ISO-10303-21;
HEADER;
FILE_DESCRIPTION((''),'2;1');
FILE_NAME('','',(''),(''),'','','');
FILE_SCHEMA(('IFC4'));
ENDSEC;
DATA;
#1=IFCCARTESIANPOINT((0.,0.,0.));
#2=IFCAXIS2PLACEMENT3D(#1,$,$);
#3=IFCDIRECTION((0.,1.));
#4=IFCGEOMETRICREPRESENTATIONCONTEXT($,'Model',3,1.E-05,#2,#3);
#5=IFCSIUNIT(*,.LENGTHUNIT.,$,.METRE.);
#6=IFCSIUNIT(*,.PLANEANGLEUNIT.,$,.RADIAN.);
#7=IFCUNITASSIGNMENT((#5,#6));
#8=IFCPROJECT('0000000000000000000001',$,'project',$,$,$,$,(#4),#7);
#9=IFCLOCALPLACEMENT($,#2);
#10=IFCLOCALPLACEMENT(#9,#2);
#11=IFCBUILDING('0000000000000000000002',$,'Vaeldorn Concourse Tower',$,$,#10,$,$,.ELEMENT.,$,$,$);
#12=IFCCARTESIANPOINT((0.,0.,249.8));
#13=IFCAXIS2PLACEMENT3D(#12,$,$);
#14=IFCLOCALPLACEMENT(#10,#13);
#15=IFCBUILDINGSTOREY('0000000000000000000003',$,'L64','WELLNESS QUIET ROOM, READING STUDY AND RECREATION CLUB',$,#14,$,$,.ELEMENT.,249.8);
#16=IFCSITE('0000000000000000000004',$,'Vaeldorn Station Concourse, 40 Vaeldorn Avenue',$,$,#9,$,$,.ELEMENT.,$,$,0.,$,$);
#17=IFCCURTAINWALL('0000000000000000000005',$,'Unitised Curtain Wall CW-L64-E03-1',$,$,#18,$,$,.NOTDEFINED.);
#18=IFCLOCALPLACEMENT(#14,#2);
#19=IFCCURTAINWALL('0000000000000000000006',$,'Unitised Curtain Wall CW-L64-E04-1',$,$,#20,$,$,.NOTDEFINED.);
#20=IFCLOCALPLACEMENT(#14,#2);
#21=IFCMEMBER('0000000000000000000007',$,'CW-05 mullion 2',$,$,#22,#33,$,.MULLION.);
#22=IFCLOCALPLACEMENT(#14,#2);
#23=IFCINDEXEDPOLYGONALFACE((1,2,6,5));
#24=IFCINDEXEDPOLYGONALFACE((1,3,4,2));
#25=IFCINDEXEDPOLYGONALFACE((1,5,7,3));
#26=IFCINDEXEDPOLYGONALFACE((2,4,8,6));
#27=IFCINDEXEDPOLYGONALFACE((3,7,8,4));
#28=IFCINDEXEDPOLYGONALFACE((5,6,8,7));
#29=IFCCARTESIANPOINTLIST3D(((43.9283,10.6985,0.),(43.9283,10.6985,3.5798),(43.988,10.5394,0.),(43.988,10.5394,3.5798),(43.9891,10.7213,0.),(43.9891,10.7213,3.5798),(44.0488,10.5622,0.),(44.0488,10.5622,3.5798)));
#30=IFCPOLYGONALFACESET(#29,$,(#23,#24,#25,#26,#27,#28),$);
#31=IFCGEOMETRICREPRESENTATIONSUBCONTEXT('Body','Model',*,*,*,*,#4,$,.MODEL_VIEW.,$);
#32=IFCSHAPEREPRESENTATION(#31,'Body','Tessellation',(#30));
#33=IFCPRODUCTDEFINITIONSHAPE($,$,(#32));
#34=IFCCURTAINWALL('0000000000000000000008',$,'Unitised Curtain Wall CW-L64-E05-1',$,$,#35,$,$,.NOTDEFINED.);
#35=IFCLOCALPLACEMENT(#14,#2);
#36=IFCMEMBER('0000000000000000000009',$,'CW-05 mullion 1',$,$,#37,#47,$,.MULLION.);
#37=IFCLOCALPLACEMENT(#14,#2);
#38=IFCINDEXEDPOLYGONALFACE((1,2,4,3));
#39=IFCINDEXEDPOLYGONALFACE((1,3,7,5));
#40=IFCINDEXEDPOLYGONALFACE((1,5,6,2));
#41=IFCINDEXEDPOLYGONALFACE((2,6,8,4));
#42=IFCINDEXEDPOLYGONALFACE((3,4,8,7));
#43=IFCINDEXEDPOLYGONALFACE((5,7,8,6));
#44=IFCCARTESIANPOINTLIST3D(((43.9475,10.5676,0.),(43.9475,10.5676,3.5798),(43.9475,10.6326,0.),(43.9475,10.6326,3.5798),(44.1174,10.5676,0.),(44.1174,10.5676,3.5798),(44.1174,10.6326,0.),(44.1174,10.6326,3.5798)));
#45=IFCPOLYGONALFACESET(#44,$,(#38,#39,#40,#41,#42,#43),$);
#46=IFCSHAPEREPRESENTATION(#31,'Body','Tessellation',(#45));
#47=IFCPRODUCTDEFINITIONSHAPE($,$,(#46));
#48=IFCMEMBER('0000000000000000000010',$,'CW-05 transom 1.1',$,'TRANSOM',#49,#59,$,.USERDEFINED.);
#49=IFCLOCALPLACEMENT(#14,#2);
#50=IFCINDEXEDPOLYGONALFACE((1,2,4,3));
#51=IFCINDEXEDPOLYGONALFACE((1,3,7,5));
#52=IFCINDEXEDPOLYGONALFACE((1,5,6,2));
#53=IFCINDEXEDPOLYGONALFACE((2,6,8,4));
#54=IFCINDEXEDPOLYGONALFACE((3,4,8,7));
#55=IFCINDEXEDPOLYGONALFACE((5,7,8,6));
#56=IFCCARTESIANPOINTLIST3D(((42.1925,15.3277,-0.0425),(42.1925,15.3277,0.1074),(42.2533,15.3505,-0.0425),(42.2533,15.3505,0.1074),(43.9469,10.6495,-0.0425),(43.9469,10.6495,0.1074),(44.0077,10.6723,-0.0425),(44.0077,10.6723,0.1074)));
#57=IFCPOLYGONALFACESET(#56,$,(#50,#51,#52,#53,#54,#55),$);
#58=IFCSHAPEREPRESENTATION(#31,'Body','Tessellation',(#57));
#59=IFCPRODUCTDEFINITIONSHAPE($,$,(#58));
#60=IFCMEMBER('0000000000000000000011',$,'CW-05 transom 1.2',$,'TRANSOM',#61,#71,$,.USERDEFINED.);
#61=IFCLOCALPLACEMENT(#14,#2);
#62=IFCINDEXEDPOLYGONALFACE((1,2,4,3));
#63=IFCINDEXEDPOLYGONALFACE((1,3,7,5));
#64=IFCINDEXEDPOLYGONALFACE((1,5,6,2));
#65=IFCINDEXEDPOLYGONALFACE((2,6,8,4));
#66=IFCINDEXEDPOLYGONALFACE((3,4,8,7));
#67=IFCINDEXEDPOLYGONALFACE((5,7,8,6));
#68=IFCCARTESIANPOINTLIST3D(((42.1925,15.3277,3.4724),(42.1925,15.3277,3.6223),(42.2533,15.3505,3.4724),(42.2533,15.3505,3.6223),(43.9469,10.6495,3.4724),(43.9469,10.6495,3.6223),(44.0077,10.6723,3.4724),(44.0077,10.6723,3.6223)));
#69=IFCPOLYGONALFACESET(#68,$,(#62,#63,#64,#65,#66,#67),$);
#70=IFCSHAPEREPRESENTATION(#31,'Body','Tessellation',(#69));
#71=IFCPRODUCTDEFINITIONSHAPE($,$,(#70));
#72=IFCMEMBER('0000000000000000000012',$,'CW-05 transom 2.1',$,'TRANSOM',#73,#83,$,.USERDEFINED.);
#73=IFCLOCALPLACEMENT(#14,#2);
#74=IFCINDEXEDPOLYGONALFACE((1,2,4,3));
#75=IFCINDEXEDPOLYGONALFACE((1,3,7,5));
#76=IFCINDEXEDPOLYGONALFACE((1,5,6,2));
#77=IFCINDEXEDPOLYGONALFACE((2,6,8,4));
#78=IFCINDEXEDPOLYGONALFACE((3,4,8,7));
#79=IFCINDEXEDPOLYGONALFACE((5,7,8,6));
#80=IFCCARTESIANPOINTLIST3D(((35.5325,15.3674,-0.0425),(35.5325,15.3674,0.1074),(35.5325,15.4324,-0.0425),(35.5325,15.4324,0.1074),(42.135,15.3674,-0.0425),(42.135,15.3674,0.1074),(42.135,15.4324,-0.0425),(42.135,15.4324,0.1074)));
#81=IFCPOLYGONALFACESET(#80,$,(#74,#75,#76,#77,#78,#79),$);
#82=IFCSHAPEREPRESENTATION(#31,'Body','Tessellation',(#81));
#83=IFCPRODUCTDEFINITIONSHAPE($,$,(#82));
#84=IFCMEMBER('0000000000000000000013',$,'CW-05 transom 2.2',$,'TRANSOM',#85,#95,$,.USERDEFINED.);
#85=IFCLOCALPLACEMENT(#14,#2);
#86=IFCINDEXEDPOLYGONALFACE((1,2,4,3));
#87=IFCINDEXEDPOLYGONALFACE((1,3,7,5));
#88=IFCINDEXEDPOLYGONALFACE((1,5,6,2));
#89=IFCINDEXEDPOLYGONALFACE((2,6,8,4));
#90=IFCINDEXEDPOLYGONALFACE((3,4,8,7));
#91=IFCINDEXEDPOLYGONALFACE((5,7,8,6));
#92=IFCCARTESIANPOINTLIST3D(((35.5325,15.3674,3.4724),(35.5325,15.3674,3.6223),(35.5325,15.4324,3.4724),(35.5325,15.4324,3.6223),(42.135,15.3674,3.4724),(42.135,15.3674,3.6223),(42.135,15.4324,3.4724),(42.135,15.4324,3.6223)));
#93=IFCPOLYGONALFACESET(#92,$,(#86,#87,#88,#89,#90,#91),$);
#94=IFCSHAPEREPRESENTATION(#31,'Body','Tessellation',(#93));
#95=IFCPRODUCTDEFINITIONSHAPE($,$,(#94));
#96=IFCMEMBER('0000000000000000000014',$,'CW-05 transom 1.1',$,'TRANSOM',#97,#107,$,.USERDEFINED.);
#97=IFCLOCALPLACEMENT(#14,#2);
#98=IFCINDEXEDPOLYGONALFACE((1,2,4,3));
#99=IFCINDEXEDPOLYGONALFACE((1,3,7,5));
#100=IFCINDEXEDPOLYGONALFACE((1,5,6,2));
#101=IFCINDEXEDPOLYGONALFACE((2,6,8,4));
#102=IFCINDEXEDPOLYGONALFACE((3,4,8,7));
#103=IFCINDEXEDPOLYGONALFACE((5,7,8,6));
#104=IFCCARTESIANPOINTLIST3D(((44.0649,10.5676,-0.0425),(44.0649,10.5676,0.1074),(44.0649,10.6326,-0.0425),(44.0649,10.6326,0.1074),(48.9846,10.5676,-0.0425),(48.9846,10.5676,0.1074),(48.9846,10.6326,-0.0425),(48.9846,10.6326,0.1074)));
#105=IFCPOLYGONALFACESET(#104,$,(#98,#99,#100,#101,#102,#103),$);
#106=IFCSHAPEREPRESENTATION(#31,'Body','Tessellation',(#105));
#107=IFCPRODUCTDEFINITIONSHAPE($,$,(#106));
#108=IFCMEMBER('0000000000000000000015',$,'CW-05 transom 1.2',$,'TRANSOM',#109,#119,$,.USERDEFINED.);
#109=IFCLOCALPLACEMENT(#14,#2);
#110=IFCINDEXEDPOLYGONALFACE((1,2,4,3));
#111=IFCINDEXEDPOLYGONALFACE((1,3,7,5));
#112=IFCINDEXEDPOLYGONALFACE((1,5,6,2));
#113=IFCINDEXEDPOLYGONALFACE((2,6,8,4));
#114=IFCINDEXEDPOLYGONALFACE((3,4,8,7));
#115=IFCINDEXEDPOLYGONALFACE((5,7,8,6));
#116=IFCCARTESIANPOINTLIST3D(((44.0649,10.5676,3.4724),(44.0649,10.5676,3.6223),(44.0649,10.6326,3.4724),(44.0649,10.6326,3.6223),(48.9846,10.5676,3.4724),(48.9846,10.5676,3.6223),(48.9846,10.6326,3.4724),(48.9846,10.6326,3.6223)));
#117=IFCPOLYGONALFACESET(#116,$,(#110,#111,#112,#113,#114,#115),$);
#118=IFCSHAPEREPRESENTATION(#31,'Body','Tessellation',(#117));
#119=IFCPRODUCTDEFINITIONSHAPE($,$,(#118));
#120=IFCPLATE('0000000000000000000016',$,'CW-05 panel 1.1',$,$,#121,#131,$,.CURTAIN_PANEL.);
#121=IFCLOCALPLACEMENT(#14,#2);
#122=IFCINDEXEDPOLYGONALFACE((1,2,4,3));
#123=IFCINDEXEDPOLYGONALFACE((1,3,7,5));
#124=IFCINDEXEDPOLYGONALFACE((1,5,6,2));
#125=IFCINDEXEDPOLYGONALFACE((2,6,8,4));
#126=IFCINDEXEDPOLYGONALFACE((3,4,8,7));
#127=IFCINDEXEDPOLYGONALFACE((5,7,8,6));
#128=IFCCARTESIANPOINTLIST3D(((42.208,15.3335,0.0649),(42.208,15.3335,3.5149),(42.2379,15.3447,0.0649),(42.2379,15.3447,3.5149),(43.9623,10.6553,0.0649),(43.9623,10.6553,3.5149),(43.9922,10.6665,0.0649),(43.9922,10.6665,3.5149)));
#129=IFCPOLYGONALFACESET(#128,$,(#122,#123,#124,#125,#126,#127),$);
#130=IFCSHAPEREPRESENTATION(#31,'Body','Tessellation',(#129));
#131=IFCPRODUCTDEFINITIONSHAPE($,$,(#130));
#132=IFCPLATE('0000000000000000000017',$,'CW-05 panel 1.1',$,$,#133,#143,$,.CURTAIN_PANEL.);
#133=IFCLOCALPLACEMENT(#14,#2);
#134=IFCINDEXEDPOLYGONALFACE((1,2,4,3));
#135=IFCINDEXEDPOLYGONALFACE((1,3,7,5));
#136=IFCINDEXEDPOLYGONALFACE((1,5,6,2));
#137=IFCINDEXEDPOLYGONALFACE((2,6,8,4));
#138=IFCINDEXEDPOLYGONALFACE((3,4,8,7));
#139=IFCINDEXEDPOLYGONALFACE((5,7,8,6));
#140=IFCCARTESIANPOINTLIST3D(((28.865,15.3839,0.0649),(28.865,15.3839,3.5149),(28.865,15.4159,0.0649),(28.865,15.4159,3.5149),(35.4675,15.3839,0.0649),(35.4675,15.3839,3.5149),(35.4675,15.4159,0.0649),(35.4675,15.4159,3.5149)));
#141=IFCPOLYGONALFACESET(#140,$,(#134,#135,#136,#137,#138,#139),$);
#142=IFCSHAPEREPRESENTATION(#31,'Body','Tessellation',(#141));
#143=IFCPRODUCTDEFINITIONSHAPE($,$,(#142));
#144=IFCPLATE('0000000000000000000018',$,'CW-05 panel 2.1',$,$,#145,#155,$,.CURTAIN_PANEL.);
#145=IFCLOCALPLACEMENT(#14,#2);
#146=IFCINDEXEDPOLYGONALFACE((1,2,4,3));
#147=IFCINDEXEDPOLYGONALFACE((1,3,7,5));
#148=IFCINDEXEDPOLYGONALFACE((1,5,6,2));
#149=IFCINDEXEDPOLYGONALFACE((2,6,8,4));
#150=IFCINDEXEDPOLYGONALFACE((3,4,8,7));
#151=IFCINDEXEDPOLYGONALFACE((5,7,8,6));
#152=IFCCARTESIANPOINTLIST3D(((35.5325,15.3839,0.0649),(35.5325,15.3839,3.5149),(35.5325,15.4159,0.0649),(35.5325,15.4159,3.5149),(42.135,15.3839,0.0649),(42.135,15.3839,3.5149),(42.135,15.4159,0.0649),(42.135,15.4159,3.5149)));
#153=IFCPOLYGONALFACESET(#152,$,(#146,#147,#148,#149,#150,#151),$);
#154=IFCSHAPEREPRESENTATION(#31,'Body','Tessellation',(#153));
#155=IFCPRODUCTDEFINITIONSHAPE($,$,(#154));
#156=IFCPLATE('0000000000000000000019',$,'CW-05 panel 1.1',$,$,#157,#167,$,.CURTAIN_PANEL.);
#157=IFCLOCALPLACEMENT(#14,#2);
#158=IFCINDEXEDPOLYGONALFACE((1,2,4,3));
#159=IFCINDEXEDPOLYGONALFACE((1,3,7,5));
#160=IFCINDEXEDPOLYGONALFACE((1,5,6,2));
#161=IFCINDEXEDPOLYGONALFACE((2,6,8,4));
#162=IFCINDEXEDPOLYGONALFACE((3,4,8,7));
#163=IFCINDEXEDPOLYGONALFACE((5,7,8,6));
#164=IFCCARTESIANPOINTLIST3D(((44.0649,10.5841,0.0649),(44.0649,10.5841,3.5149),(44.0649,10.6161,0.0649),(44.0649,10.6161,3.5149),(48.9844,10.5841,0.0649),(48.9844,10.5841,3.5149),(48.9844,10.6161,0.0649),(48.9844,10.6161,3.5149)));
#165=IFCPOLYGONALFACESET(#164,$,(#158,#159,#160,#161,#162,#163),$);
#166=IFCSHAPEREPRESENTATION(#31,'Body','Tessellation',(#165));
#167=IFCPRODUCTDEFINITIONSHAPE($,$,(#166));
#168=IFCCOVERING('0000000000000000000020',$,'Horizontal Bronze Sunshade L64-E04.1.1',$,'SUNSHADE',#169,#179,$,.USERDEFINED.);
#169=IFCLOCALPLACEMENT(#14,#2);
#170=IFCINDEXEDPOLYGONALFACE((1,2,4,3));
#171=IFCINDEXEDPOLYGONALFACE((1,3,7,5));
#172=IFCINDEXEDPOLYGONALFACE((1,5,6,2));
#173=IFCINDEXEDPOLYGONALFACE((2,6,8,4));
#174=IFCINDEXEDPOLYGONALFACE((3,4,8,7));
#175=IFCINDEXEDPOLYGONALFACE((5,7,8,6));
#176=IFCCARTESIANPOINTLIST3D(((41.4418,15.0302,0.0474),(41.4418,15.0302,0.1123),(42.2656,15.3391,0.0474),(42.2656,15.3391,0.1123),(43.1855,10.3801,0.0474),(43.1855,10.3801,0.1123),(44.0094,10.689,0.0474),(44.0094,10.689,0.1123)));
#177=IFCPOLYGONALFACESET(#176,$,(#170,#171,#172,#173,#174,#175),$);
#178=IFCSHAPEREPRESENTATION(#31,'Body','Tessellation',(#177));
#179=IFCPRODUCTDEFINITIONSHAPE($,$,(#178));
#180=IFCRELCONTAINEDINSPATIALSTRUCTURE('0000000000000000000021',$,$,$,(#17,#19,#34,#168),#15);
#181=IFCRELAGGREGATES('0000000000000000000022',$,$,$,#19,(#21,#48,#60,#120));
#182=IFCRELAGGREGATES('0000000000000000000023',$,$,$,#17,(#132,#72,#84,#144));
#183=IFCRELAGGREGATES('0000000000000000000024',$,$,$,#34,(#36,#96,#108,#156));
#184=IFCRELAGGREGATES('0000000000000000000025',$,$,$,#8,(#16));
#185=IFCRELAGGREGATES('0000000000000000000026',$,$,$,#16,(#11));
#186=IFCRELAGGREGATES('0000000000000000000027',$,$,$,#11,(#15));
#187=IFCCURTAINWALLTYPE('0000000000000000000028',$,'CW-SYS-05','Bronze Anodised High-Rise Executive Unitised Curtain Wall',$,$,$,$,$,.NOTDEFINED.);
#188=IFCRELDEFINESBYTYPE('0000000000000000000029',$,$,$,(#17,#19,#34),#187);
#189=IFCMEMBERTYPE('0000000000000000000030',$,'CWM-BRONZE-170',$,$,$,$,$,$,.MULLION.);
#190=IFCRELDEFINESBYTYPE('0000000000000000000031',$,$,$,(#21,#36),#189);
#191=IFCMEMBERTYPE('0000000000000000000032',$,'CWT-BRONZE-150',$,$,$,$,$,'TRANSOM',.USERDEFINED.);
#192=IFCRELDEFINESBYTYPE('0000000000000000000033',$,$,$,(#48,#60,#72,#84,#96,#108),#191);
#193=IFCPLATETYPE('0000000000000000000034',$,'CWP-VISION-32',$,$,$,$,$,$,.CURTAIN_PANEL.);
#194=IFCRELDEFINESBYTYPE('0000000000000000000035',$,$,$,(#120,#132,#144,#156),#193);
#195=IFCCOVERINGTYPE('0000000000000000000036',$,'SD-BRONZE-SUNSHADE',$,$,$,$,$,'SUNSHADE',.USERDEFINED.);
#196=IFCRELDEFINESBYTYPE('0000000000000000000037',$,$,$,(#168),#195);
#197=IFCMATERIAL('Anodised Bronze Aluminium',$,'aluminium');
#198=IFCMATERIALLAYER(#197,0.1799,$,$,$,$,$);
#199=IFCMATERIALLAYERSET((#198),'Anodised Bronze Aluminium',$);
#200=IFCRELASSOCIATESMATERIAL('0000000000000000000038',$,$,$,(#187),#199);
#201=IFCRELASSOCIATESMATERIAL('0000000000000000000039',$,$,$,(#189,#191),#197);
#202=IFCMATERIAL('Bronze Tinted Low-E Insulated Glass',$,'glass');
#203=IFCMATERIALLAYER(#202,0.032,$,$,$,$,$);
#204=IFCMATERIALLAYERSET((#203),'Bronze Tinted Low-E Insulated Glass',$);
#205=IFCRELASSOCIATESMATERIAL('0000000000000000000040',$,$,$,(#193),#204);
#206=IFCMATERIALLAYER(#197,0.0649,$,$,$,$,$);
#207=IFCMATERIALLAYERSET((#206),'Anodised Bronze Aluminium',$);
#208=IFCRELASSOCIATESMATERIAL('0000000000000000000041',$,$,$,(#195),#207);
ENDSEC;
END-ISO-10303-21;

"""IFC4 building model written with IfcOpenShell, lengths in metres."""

from ifc_helpers import new_model, si_unit, direction, frame, origin, origin_2d, place, context, subcontext, project, spatial, rectangle, extrude, source, transform, mapped, material, layer, layer_set, material_profile, profile_set, type_object, element, aggregate, save


model = new_model("IFC4")

# Units and contexts
model_context = context("Model", 3, precision=1e-05, world=origin(), true_north=direction((0.0, 1.0)))
body_context = subcontext(model_context, "Body", "Model", "MODEL_VIEW")
ifc_project = project(units=[si_unit("LENGTHUNIT", "METRE"), si_unit("PLANEANGLEUNIT", "RADIAN")], contexts=[model_context])

# Site, building, storey
site_placement = place(None, origin())
site = spatial("IfcSite", under=ifc_project, at=site_placement, Name="Vaeldorn Station Concourse, 40 Vaeldorn Avenue", CompositionType="ELEMENT", RefElevation=0.0)
building_placement = place(site_placement, origin())
building = spatial("IfcBuilding", under=site, at=building_placement, Name="Vaeldorn Concourse Tower", CompositionType="ELEMENT")
storey_placement = place(building_placement, frame((0.0, 0.0, 249.8)))
storey = spatial("IfcBuildingStorey", under=building, at=storey_placement, Name="L64", Description="WELLNESS QUIET ROOM, READING STUDY AND RECREATION CLUB", CompositionType="ELEMENT", Elevation=249.8)

# Curtain walls, member
ifc_material_1 = material(Name="Anodised Bronze Aluminium", Category="aluminium")
ifc_layer_1 = layer(ifc_material_1, 0.1799)
ifc_layer_set_1 = layer_set([ifc_layer_1], Name="Anodised Bronze Aluminium")
curtain_wall_type = type_object("IfcCurtainWallType", Name="CW-SYS-05", Description="Bronze Anodised High-Rise Executive Unitised Curtain Wall", PredefinedType="NOTDEFINED", material=ifc_layer_set_1)
curtain_wall_1_placement = place(storey_placement, origin())
curtain_wall_1 = element("IfcCurtainWall", 1, at=curtain_wall_1_placement, inside=storey, type_object=curtain_wall_type, Name="Unitised Curtain Wall CW-L64-E03-1", PredefinedType="NOTDEFINED")
ifc_material_profile_1 = material_profile(ifc_material_1, rectangle(XDim=0.0649, YDim=0.1699, at=origin_2d()), Name="CWM 65x170")
ifc_profile_set_1 = profile_set([ifc_material_profile_1], Name="Anodised Bronze Aluminium")
member_type_1 = type_object("IfcMemberType", Name="CWM-BRONZE-170", PredefinedType="MULLION", material=ifc_profile_set_1)
shared_shape_1 = source(origin(), body_context, "Body", "SweptSolid", [
    extrude(rectangle(XDim=0.0649, YDim=0.1699, at=origin_2d()), origin(), (0.0, 0.0, 1.0), 3.5798),
])
curtain_wall_2_placement = place(storey_placement, origin())
curtain_wall_2 = element("IfcCurtainWall", 2, at=curtain_wall_2_placement, inside=storey, type_object=curtain_wall_type, Name="Unitised Curtain Wall CW-L64-E04-1", PredefinedType="NOTDEFINED")
member_1_placement = place(storey_placement, frame((43.9885, 10.6304, 0.0), z_axis=(0.0, 0.0, 1.0), x_axis=(0.936329, 0.351123, 0.0)))
member_1 = element("IfcMember", 3, at=member_1_placement, type_object=member_type_1, Name="CW-05 mullion 2", PredefinedType="MULLION", context=body_context, shape_type="MappedRepresentation", body=[
    mapped(shared_shape_1, transform((0.0, 0.0, 0.0), scale=1.0)),
])

# Curtain wall, member
curtain_wall_3_placement = place(storey_placement, origin())
curtain_wall_3 = element("IfcCurtainWall", 4, at=curtain_wall_3_placement, inside=storey, type_object=curtain_wall_type, Name="Unitised Curtain Wall CW-L64-E05-1", PredefinedType="NOTDEFINED")
member_2_placement = place(storey_placement, frame((44.0325, 10.6001, 0.0), z_axis=(0.0, 0.0, 1.0), x_axis=(0.0, 1.0, 0.0)))
member_2 = element("IfcMember", 5, at=member_2_placement, type_object=member_type_1, Name="CW-05 mullion 1", PredefinedType="MULLION", context=body_context, shape_type="MappedRepresentation", body=[
    mapped(shared_shape_1, transform((0.0, 0.0, 0.0), scale=1.0)),
])

# Members
ifc_material_profile_2 = material_profile(ifc_material_1, rectangle(XDim=0.0649, YDim=0.1499, at=origin_2d()), Name="CWT 65x150")
ifc_profile_set_2 = profile_set([ifc_material_profile_2], Name="Anodised Bronze Aluminium")
member_type_2 = type_object("IfcMemberType", Name="CWT-BRONZE-150", ElementType="TRANSOM", PredefinedType="USERDEFINED", material=ifc_profile_set_2)
shared_shape_2 = source(origin(), body_context, "Body", "SweptSolid", [
    extrude(rectangle(XDim=0.0649, YDim=0.1499, at=origin_2d()), origin(), (0.0, 0.0, 1.0), 4.9963),
])
member_3_placement = place(storey_placement, frame((42.2229, 15.3391, 0.0325), z_axis=(0.351134, -0.936325, 0.0), x_axis=(0.936325, 0.351134, 0.0)))
member_3 = element("IfcMember", 6, at=member_3_placement, type_object=member_type_2, Name="CW-05 transom 1.1", ObjectType="TRANSOM", PredefinedType="USERDEFINED", context=body_context, shape_type="MappedRepresentation", body=[
    mapped(shared_shape_2, transform((0.0, 0.0, 0.0), scale=1.0)),
])
member_4_placement = place(storey_placement, frame((42.2229, 15.3391, 3.5474), z_axis=(0.351134, -0.936325, 0.0), x_axis=(0.936325, 0.351134, 0.0)))
member_4 = element("IfcMember", 7, at=member_4_placement, type_object=member_type_2, Name="CW-05 transom 1.2", ObjectType="TRANSOM", PredefinedType="USERDEFINED", context=body_context, shape_type="MappedRepresentation", body=[
    mapped(shared_shape_2, transform((0.0, 0.0, 0.0), scale=1.0)),
])
shared_shape_3 = source(origin(), body_context, "Body", "SweptSolid", [
    extrude(rectangle(XDim=0.0649, YDim=0.1499, at=origin_2d()), origin(), (0.0, 0.0, 1.0), 6.6025),
])
member_5_placement = place(storey_placement, frame((35.5325, 15.3999, 0.0325), z_axis=(1.0, 0.0, 0.0), x_axis=(0.0, 1.0, 0.0)))
member_5 = element("IfcMember", 8, at=member_5_placement, type_object=member_type_2, Name="CW-05 transom 2.1", ObjectType="TRANSOM", PredefinedType="USERDEFINED", context=body_context, shape_type="MappedRepresentation", body=[
    mapped(shared_shape_3, transform((0.0, 0.0, 0.0), scale=1.0)),
])
member_6_placement = place(storey_placement, frame((35.5325, 15.3999, 3.5474), z_axis=(1.0, 0.0, 0.0), x_axis=(0.0, 1.0, 0.0)))
member_6 = element("IfcMember", 9, at=member_6_placement, type_object=member_type_2, Name="CW-05 transom 2.2", ObjectType="TRANSOM", PredefinedType="USERDEFINED", context=body_context, shape_type="MappedRepresentation", body=[
    mapped(shared_shape_3, transform((0.0, 0.0, 0.0), scale=1.0)),
])
shared_shape_4 = source(origin(), body_context, "Body", "SweptSolid", [
    extrude(rectangle(XDim=0.0649, YDim=0.1499, at=origin_2d()), origin(), (0.0, 0.0, 1.0), 4.9197),
])
member_7_placement = place(storey_placement, frame((44.0649, 10.6001, 0.0325), z_axis=(1.0, 0.0, 0.0), x_axis=(0.0, 1.0, 0.0)))
member_7 = element("IfcMember", 10, at=member_7_placement, type_object=member_type_2, Name="CW-05 transom 1.1", ObjectType="TRANSOM", PredefinedType="USERDEFINED", context=body_context, shape_type="MappedRepresentation", body=[
    mapped(shared_shape_4, transform((0.0, 0.0, 0.0), scale=1.0)),
])
member_8_placement = place(storey_placement, frame((44.0649, 10.6001, 3.5474), z_axis=(1.0, 0.0, 0.0), x_axis=(0.0, 1.0, 0.0)))
member_8 = element("IfcMember", 11, at=member_8_placement, type_object=member_type_2, Name="CW-05 transom 1.2", ObjectType="TRANSOM", PredefinedType="USERDEFINED", context=body_context, shape_type="MappedRepresentation", body=[
    mapped(shared_shape_4, transform((0.0, 0.0, 0.0), scale=1.0)),
])

# Plates
ifc_material_2 = material(Name="Bronze Tinted Low-E Insulated Glass", Category="glass")
ifc_layer_2 = layer(ifc_material_2, 0.032)
ifc_layer_set_2 = layer_set([ifc_layer_2], Name="Bronze Tinted Low-E Insulated Glass")
plate_type = type_object("IfcPlateType", Name="CWP-VISION-32", PredefinedType="CURTAIN_PANEL", material=ifc_layer_set_2)
shared_shape_5 = source(origin(), body_context, "Body", "SweptSolid", [
    extrude(rectangle(XDim=4.9963, YDim=0.032, at=origin_2d()), origin(), (0.0, 0.0, 1.0), 3.45),
])
plate_1_placement = place(storey_placement, frame((43.1001, 13.0, 0.0649), z_axis=(0.0, 0.0, 1.0), x_axis=(0.351123, -0.936329, 0.0)))
plate_1 = element("IfcPlate", 12, at=plate_1_placement, type_object=plate_type, Name="CW-05 panel 1.1", PredefinedType="CURTAIN_PANEL", context=body_context, shape_type="MappedRepresentation", body=[
    mapped(shared_shape_5, transform((0.0, 0.0, 0.0), scale=1.0)),
])
aggregate(curtain_wall_2, [member_1, member_3, member_4, plate_1])
shared_shape_6 = source(origin(), body_context, "Body", "SweptSolid", [
    extrude(rectangle(XDim=6.6025, YDim=0.032, at=origin_2d()), origin(), (0.0, 0.0, 1.0), 3.45),
])
plate_2_placement = place(storey_placement, frame((32.1663, 15.3999, 0.0649), z_axis=(0.0, 0.0, 1.0), x_axis=(1.0, 0.0, 0.0)))
plate_2 = element("IfcPlate", 13, at=plate_2_placement, type_object=plate_type, Name="CW-05 panel 1.1", PredefinedType="CURTAIN_PANEL", context=body_context, shape_type="MappedRepresentation", body=[
    mapped(shared_shape_6, transform((0.0, 0.0, 0.0), scale=1.0)),
])
plate_3_placement = place(storey_placement, frame((38.8337, 15.3999, 0.0649), z_axis=(0.0, 0.0, 1.0), x_axis=(1.0, 0.0, 0.0)))
plate_3 = element("IfcPlate", 14, at=plate_3_placement, type_object=plate_type, Name="CW-05 panel 2.1", PredefinedType="CURTAIN_PANEL", context=body_context, shape_type="MappedRepresentation", body=[
    mapped(shared_shape_6, transform((0.0, 0.0, 0.0), scale=1.0)),
])
aggregate(curtain_wall_1, [plate_2, member_5, member_6, plate_3])
shared_shape_7 = source(origin(), body_context, "Body", "SweptSolid", [
    extrude(rectangle(XDim=4.9194, YDim=0.032, at=origin_2d()), origin(), (0.0, 0.0, 1.0), 3.45),
])
plate_4_placement = place(storey_placement, frame((46.5247, 10.6001, 0.0649), z_axis=(0.0, 0.0, 1.0), x_axis=(1.0, 0.0, 0.0)))
plate_4 = element("IfcPlate", 15, at=plate_4_placement, type_object=plate_type, Name="CW-05 panel 1.1", PredefinedType="CURTAIN_PANEL", context=body_context, shape_type="MappedRepresentation", body=[
    mapped(shared_shape_7, transform((0.0, 0.0, 0.0), scale=1.0)),
])
aggregate(curtain_wall_3, [member_2, member_7, member_8, plate_4])

# Covering
ifc_layer_3 = layer(ifc_material_1, 0.0649)
ifc_layer_set_3 = layer_set([ifc_layer_3], Name="Anodised Bronze Aluminium")
covering_type = type_object("IfcCoveringType", Name="SD-BRONZE-SUNSHADE", ElementType="SUNSHADE", PredefinedType="USERDEFINED", material=ifc_layer_set_3)
shared_shape_8 = source(origin(), body_context, "Body", "SweptSolid", [
    extrude(rectangle(XDim=4.9663, YDim=0.8799, at=origin_2d()), origin(), (0.0, 0.0, 1.0), 0.0649),
])
for number, where, z_axis, x_axis, name in (
    (16, (42.7256, 12.8596, 0.0474), (0.0, 0.0, 1.0), (0.351123, -0.936329, 0.0), "Horizontal Bronze Sunshade L64-E04.1.1"),
):
    element("IfcCovering", number, at=place(storey_placement, frame(where, z_axis=z_axis, x_axis=x_axis)), inside=storey, type_object=covering_type, Name=name, ObjectType="SUNSHADE", PredefinedType="USERDEFINED", context=body_context, shape_type="MappedRepresentation", body=[
        mapped(shared_shape_8, transform((0.0, 0.0, 0.0), scale=1.0)),
    ])

save(model, "model.ifc")
